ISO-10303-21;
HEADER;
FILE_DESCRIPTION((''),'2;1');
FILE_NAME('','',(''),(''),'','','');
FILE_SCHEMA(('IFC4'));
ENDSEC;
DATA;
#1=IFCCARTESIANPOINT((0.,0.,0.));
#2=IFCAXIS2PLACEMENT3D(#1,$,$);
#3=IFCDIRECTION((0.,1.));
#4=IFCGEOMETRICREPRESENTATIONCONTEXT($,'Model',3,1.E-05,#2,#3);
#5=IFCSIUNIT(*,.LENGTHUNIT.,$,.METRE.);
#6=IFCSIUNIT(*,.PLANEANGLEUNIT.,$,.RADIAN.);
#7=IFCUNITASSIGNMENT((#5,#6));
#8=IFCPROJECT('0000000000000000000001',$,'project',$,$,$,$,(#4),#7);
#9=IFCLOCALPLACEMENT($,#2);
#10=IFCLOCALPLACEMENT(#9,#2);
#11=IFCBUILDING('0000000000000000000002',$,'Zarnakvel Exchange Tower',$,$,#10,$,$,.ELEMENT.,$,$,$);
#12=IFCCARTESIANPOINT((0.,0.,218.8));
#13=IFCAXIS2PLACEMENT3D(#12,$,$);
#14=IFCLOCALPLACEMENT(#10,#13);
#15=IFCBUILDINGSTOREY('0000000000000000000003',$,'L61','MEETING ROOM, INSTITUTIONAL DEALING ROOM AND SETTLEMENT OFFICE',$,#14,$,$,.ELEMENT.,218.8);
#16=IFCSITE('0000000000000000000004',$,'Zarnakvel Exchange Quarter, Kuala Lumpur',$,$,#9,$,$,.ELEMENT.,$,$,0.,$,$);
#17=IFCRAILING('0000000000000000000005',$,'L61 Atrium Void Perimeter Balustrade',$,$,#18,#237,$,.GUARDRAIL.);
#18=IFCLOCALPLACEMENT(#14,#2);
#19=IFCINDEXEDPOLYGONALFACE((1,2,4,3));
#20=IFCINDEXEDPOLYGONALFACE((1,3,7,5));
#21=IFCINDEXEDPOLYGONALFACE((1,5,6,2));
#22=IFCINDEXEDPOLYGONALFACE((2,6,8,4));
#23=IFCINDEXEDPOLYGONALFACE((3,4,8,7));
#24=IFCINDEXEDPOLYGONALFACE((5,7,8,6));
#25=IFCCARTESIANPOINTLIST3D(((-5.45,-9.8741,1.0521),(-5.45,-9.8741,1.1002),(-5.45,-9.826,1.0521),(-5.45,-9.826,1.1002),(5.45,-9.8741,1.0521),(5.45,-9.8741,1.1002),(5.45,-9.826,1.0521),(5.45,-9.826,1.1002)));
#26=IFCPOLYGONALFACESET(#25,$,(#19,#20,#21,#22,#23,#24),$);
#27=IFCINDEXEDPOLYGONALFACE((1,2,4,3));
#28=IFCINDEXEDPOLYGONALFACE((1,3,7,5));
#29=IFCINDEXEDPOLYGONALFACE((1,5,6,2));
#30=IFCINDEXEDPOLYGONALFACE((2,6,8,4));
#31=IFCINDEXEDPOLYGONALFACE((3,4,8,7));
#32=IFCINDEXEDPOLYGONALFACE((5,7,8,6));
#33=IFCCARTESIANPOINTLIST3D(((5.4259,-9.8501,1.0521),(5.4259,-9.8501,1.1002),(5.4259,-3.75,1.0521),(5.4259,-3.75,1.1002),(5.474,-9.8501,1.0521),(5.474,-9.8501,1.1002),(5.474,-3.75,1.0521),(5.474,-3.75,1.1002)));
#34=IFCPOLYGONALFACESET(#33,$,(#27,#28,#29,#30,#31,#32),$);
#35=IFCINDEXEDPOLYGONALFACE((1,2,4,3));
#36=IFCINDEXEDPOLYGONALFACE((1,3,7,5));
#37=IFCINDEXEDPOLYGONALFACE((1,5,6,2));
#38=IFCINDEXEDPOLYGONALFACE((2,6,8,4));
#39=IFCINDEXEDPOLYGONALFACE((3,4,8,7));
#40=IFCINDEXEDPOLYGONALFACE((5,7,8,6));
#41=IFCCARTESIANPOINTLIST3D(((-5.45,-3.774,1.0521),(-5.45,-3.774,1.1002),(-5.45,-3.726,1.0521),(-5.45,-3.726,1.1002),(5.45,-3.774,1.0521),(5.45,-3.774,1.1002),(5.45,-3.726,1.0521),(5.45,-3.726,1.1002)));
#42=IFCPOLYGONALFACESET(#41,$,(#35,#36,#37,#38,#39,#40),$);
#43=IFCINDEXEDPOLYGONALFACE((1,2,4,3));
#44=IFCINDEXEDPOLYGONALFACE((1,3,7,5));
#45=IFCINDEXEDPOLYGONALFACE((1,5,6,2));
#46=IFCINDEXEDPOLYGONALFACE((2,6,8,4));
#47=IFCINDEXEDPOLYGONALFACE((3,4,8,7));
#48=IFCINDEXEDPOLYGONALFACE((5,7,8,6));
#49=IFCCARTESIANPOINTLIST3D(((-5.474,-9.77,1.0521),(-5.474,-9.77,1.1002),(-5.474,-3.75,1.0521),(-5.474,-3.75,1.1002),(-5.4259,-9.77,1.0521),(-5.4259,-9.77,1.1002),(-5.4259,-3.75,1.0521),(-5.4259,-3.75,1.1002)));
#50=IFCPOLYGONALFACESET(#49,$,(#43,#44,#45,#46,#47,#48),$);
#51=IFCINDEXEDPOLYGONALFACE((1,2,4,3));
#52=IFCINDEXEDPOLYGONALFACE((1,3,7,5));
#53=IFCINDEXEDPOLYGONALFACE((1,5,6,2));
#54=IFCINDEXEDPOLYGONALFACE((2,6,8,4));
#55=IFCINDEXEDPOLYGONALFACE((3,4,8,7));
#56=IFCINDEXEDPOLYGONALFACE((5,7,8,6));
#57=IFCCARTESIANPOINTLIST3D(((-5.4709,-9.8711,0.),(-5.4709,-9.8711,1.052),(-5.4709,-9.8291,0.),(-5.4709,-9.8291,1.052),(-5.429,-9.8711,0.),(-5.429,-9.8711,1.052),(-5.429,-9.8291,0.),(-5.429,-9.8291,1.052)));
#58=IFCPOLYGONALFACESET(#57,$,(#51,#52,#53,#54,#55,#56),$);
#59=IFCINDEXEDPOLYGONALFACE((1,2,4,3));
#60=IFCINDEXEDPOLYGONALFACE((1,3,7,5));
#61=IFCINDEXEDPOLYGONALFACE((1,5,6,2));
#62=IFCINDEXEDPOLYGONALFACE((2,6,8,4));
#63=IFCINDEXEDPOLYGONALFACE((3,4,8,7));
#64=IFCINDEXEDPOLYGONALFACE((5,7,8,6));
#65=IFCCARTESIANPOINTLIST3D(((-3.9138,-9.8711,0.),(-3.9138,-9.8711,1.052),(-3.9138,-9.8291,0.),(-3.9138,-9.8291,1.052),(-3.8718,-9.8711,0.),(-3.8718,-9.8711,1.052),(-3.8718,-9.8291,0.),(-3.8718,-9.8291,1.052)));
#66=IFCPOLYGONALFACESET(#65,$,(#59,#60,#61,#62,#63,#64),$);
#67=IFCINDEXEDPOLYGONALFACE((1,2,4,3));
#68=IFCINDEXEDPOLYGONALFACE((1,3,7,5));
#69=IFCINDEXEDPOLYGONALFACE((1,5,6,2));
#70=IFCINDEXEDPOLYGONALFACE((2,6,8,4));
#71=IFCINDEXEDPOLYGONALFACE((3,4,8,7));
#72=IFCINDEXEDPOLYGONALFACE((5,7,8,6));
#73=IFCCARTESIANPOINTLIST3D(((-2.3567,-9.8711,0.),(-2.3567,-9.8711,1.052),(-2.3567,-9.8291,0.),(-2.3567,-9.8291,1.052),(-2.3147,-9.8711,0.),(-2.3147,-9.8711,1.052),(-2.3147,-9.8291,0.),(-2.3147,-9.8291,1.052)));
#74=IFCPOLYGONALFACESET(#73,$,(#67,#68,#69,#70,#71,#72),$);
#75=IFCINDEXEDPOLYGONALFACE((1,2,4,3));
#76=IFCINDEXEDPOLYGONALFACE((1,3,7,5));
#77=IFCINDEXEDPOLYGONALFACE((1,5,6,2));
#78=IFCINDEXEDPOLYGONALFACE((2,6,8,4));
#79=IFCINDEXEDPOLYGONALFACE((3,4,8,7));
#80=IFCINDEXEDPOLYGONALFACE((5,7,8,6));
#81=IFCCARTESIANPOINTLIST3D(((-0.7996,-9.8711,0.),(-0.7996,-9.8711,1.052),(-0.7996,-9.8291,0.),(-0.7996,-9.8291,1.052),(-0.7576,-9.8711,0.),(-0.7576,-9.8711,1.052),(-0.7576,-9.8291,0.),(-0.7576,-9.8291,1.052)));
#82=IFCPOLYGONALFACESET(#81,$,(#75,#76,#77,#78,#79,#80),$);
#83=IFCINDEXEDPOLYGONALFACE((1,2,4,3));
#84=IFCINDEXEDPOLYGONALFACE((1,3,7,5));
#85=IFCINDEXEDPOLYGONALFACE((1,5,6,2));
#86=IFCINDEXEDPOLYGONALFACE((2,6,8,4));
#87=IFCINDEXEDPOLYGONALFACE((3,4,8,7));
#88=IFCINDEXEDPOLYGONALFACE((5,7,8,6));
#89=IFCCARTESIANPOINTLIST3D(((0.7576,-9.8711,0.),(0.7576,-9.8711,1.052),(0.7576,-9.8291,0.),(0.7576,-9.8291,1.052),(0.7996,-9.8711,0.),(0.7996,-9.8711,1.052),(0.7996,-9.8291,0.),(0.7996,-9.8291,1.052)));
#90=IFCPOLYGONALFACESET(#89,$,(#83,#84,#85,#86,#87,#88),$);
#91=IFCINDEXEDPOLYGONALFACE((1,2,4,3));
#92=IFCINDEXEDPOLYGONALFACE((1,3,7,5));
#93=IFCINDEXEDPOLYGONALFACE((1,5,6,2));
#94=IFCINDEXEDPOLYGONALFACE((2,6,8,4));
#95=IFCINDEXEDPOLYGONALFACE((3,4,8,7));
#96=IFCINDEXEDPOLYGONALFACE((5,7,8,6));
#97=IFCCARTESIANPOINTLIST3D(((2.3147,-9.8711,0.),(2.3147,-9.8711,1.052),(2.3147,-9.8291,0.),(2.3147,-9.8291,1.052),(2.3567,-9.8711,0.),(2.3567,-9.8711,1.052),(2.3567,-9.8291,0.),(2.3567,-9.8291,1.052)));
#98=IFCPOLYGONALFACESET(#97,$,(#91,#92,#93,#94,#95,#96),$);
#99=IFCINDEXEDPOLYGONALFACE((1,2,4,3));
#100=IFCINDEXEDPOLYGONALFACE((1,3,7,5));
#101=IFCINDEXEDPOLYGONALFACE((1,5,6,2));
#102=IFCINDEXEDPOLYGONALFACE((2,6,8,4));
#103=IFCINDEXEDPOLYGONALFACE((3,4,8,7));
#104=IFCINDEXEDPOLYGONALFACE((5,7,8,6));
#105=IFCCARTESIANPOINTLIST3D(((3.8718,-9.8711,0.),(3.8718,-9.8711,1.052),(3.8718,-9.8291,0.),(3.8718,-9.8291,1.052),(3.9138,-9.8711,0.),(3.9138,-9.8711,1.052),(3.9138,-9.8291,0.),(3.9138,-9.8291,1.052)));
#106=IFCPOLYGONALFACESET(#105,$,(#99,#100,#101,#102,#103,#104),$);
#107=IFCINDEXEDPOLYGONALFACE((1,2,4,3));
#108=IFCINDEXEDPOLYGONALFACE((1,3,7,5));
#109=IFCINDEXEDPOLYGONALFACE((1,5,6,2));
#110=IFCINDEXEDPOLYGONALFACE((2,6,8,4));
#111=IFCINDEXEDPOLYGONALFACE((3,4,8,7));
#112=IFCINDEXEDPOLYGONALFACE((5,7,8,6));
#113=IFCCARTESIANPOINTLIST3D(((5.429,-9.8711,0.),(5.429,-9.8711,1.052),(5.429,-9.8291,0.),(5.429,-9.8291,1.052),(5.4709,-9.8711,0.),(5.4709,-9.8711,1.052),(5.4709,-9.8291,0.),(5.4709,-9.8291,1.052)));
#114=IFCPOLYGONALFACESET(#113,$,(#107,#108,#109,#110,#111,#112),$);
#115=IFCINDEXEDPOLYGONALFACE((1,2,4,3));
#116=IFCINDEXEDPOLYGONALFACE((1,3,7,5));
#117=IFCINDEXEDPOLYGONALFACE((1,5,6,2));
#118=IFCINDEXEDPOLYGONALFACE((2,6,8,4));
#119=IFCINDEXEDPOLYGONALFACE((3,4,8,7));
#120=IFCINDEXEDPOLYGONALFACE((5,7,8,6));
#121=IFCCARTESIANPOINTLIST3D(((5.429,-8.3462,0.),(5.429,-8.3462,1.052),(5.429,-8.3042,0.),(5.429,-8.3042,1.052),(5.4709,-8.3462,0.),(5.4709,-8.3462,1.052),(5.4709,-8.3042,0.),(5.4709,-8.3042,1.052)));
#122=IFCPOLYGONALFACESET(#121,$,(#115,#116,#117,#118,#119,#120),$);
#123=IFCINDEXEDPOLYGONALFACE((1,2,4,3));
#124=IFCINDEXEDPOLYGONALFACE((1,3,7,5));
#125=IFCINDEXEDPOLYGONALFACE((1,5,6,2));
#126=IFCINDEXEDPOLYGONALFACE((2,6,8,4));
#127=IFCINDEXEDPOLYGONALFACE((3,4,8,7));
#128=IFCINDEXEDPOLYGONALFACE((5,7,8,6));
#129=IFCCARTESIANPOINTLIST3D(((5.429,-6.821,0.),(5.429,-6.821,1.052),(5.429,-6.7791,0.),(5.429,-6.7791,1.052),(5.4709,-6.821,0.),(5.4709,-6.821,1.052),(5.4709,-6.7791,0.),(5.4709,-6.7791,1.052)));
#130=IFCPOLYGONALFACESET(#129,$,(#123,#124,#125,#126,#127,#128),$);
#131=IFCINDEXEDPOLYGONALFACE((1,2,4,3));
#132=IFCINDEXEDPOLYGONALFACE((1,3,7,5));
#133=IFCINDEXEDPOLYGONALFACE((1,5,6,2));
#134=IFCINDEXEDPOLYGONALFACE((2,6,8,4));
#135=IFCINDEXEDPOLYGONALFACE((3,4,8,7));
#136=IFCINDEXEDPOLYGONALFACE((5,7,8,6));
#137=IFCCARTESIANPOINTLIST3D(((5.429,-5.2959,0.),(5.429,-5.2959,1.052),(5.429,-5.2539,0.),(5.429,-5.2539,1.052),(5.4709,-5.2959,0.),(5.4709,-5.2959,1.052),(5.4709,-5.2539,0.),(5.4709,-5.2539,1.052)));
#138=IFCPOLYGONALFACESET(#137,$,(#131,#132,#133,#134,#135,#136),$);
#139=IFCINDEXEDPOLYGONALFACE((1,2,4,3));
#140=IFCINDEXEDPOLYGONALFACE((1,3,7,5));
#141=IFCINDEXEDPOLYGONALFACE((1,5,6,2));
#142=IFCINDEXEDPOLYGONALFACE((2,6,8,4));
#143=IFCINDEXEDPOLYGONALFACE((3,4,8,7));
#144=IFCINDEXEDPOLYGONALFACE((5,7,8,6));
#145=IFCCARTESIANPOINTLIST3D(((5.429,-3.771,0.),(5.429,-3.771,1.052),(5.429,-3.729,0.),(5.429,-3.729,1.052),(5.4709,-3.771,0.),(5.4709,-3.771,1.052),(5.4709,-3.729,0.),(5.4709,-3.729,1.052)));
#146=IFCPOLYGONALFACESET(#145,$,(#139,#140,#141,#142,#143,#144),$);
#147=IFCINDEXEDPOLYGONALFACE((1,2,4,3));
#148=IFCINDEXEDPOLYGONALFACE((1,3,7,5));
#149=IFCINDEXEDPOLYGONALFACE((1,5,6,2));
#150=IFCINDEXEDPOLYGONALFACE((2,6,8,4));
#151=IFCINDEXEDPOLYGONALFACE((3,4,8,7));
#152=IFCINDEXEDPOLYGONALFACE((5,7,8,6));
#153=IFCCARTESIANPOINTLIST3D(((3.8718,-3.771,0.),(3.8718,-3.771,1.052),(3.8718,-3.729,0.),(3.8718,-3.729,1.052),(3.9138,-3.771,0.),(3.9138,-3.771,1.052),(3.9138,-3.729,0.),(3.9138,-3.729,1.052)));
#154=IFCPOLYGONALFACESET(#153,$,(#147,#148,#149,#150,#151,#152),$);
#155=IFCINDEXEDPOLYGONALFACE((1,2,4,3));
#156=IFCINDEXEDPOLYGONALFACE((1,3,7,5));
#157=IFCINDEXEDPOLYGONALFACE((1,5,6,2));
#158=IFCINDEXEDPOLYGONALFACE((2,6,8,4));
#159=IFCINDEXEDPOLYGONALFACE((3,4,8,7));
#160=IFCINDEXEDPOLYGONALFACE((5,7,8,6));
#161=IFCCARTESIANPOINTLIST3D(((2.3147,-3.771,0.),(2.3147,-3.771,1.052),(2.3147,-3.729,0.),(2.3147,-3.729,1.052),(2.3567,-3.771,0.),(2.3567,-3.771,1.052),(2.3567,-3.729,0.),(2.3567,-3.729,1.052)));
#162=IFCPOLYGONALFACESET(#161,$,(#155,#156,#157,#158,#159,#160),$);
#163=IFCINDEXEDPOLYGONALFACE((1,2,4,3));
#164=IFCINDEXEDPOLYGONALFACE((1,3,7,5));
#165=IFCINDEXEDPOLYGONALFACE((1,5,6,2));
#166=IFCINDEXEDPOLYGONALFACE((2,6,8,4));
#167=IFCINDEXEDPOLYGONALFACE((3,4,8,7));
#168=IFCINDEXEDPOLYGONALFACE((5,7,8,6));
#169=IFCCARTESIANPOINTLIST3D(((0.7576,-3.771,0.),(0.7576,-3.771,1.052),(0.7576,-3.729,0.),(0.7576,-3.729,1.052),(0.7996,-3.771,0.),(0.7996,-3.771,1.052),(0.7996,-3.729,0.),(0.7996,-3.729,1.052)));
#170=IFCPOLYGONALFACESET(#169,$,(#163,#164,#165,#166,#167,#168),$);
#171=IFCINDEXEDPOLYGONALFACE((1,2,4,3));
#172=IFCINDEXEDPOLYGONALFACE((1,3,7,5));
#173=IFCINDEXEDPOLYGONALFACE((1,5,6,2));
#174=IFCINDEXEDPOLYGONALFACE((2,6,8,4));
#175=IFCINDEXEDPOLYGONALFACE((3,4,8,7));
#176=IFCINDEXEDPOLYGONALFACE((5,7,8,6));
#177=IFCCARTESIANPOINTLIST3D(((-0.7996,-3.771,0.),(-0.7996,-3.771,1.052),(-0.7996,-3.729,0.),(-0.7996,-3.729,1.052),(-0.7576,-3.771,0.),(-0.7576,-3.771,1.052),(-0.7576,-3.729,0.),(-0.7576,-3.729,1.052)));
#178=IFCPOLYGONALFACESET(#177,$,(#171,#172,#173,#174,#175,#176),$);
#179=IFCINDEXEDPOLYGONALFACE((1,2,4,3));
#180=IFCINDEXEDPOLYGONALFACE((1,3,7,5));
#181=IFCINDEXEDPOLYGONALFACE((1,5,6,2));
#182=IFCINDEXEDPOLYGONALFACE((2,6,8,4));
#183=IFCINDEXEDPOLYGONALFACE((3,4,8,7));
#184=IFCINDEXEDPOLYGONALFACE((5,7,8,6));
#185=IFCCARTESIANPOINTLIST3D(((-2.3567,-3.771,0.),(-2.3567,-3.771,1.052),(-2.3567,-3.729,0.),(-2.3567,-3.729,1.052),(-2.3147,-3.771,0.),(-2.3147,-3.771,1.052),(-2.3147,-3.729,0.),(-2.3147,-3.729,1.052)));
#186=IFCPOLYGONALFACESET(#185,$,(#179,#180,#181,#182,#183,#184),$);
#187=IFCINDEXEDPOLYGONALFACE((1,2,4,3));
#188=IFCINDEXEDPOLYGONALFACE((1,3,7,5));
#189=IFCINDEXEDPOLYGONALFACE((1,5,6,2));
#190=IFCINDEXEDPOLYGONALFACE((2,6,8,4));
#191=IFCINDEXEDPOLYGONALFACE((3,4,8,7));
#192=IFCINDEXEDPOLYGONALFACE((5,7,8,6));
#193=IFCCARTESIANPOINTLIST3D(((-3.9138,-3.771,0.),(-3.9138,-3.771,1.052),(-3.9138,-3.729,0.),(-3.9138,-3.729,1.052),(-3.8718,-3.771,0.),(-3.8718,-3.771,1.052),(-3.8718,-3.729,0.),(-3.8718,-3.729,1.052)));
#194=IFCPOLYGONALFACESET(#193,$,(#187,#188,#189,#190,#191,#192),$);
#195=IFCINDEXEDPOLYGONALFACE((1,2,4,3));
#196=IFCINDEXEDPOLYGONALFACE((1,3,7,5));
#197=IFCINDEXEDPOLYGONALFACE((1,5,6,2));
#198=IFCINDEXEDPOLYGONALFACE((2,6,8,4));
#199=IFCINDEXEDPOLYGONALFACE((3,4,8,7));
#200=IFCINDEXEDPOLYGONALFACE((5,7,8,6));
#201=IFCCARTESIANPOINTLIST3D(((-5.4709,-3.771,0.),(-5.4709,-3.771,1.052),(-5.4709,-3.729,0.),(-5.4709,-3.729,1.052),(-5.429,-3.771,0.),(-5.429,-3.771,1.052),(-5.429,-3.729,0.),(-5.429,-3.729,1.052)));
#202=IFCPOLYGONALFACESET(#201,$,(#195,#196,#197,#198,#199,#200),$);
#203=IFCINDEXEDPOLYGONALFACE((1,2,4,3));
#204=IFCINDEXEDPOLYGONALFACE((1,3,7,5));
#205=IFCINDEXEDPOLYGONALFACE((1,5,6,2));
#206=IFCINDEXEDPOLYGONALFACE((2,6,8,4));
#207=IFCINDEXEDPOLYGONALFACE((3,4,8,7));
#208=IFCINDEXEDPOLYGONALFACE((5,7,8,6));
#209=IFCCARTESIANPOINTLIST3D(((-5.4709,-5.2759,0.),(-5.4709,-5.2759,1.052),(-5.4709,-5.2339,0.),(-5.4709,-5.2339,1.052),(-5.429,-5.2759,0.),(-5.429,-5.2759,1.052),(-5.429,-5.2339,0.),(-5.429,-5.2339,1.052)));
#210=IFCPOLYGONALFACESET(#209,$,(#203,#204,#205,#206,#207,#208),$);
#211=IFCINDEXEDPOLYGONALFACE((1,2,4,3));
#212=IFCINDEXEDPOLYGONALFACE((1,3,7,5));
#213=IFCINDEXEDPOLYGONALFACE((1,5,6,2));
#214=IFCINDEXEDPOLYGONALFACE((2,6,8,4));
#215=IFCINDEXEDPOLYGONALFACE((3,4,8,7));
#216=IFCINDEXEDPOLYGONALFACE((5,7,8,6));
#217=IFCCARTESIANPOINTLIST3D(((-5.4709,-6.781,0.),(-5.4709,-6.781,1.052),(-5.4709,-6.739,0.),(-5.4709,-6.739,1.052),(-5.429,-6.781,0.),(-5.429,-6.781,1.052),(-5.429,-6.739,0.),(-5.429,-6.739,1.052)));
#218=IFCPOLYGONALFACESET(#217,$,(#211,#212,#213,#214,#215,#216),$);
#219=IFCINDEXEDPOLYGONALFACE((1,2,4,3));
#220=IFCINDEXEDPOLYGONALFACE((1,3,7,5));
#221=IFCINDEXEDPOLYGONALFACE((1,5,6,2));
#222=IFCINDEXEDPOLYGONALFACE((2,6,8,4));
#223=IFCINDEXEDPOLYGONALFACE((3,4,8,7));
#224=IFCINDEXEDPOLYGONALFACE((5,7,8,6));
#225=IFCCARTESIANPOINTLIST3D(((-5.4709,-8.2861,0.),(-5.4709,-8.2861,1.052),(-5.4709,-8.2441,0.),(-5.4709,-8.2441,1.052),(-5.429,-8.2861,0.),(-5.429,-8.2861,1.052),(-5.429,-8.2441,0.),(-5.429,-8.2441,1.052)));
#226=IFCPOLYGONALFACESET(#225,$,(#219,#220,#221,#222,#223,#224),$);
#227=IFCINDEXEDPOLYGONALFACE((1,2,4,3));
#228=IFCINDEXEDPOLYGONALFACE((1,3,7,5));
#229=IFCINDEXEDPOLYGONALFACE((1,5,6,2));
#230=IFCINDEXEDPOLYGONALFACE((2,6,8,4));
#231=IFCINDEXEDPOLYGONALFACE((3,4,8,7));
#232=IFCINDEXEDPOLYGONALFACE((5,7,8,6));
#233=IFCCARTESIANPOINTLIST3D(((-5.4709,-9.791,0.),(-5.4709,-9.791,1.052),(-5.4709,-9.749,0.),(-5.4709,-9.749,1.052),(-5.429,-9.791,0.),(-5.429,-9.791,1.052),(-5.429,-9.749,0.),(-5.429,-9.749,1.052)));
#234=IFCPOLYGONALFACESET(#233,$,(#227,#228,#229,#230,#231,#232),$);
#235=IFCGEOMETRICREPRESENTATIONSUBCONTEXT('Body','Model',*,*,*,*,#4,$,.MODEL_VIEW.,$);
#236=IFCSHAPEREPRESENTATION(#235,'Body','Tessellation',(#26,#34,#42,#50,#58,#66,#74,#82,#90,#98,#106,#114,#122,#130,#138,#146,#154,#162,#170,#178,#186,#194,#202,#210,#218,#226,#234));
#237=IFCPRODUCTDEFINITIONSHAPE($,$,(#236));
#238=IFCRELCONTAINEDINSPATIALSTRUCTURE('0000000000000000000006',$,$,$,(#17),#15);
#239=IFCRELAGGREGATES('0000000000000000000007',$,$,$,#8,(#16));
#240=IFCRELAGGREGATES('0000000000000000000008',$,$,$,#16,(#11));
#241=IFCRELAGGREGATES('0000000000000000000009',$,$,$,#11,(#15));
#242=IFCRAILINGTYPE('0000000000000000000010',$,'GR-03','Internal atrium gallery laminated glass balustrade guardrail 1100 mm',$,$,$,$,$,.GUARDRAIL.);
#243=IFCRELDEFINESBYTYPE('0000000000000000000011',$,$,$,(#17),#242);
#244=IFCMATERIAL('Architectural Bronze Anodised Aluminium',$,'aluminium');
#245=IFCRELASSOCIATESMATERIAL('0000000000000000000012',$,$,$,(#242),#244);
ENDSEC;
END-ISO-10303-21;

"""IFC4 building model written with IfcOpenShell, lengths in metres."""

from ifc_helpers import new_model, si_unit, direction, frame, origin, origin_2d, place, context, subcontext, project, spatial, rectangle, extrude, material, type_object, element, save


model = new_model("IFC4")

# Units and contexts
model_context = context("Model", 3, precision=1e-05, world=origin(), true_north=direction((0.0, 1.0)))
body_context = subcontext(model_context, "Body", "Model", "MODEL_VIEW")
ifc_project = project(units=[si_unit("LENGTHUNIT", "METRE"), si_unit("PLANEANGLEUNIT", "RADIAN")], contexts=[model_context])

# Site, building, storey
site_placement = place(None, origin())
site = spatial("IfcSite", under=ifc_project, at=site_placement, Name="Zarnakvel Exchange Quarter, Kuala Lumpur", CompositionType="ELEMENT", RefElevation=0.0)
building_placement = place(site_placement, origin())
building = spatial("IfcBuilding", under=site, at=building_placement, Name="Zarnakvel Exchange Tower", CompositionType="ELEMENT")
storey_placement = place(building_placement, frame((0.0, 0.0, 218.8)))
storey = spatial("IfcBuildingStorey", under=building, at=storey_placement, Name="L61", Description="MEETING ROOM, INSTITUTIONAL DEALING ROOM AND SETTLEMENT OFFICE", CompositionType="ELEMENT", Elevation=218.8)

# Shared definitions
ifc_material_1 = material(Name="Architectural Bronze Anodised Aluminium", Category="aluminium")

# Railing
railing_type_1 = type_object("IfcRailingType", Name="GR-03", Description="Internal atrium gallery laminated glass balustrade guardrail 1100 mm", PredefinedType="GUARDRAIL", material=ifc_material_1)
railing_1_placement = place(storey_placement, frame((-5.45, -9.8501, 0.0)))
element("IfcRailing", 1, at=railing_1_placement, inside=storey, type_object=railing_type_1, Name="L61 Atrium Void Perimeter Balustrade", PredefinedType="GUARDRAIL", context=body_context, shape_type="SweptSolid", body=[
    extrude(rectangle(XDim=0.0481, YDim=0.0481, at=origin_2d()), frame((0.0, 0.0, 1.0762), z_axis=(1.0, 0.0, 0.0), x_axis=(0.0, 1.0, 0.0)), (0.0, 0.0, 1.0), 10.8999),
    extrude(rectangle(XDim=0.0481, YDim=0.0481, at=origin_2d()), frame((10.8999, 0.0, 1.0762), z_axis=(0.0, 1.0, 0.0), x_axis=(-1.0, 0.0, 0.0)), (0.0, 0.0, 1.0), 6.1001),
    extrude(rectangle(XDim=0.0481, YDim=0.0481, at=origin_2d()), frame((10.8999, 6.1001, 1.0762), z_axis=(-1.0, 0.0, 0.0), x_axis=(0.0, -1.0, 0.0)), (0.0, 0.0, 1.0), 10.8999),
    extrude(rectangle(XDim=0.0481, YDim=0.0481, at=origin_2d()), frame((0.0, 6.1001, 1.0762), z_axis=(0.0, -1.0, 0.0), x_axis=(1.0, 0.0, 0.0)), (0.0, 0.0, 1.0), 6.02),
    extrude(rectangle(XDim=0.042, YDim=0.042, at=origin_2d()), origin(), (0.0, 0.0, 1.0), 1.052),
    extrude(rectangle(XDim=0.042, YDim=0.042, at=origin_2d()), frame((1.5571, 0.0, 0.0)), (0.0, 0.0, 1.0), 1.052),
    extrude(rectangle(XDim=0.042, YDim=0.042, at=origin_2d()), frame((3.1143, 0.0, 0.0)), (0.0, 0.0, 1.0), 1.052),
    extrude(rectangle(XDim=0.042, YDim=0.042, at=origin_2d()), frame((4.6714, 0.0, 0.0)), (0.0, 0.0, 1.0), 1.052),
    extrude(rectangle(XDim=0.042, YDim=0.042, at=origin_2d()), frame((6.2285, 0.0, 0.0)), (0.0, 0.0, 1.0), 1.052),
    extrude(rectangle(XDim=0.042, YDim=0.042, at=origin_2d()), frame((7.7856, 0.0, 0.0)), (0.0, 0.0, 1.0), 1.052),
    extrude(rectangle(XDim=0.042, YDim=0.042, at=origin_2d()), frame((9.3428, 0.0, 0.0)), (0.0, 0.0, 1.0), 1.052),
    extrude(rectangle(XDim=0.042, YDim=0.042, at=origin_2d()), frame((10.8999, 0.0, 0.0)), (0.0, 0.0, 1.0), 1.052),
    extrude(rectangle(XDim=0.042, YDim=0.042, at=origin_2d()), frame((10.8999, 1.5249, 0.0)), (0.0, 0.0, 1.0), 1.052),
    extrude(rectangle(XDim=0.042, YDim=0.042, at=origin_2d()), frame((10.8999, 3.05, 0.0)), (0.0, 0.0, 1.0), 1.052),
    extrude(rectangle(XDim=0.042, YDim=0.042, at=origin_2d()), frame((10.8999, 4.5752, 0.0)), (0.0, 0.0, 1.0), 1.052),
    extrude(rectangle(XDim=0.042, YDim=0.042, at=origin_2d()), frame((10.8999, 6.1001, 0.0)), (0.0, 0.0, 1.0), 1.052),
    extrude(rectangle(XDim=0.042, YDim=0.042, at=origin_2d()), frame((9.3428, 6.1001, 0.0)), (0.0, 0.0, 1.0), 1.052),
    extrude(rectangle(XDim=0.042, YDim=0.042, at=origin_2d()), frame((7.7856, 6.1001, 0.0)), (0.0, 0.0, 1.0), 1.052),
    extrude(rectangle(XDim=0.042, YDim=0.042, at=origin_2d()), frame((6.2285, 6.1001, 0.0)), (0.0, 0.0, 1.0), 1.052),
    extrude(rectangle(XDim=0.042, YDim=0.042, at=origin_2d()), frame((4.6714, 6.1001, 0.0)), (0.0, 0.0, 1.0), 1.052),
    extrude(rectangle(XDim=0.042, YDim=0.042, at=origin_2d()), frame((3.1143, 6.1001, 0.0)), (0.0, 0.0, 1.0), 1.052),
    extrude(rectangle(XDim=0.042, YDim=0.042, at=origin_2d()), frame((1.5571, 6.1001, 0.0)), (0.0, 0.0, 1.0), 1.052),
    extrude(rectangle(XDim=0.042, YDim=0.042, at=origin_2d()), frame((0.0, 6.1001, 0.0)), (0.0, 0.0, 1.0), 1.052),
    extrude(rectangle(XDim=0.042, YDim=0.042, at=origin_2d()), frame((0.0, 4.5952, 0.0)), (0.0, 0.0, 1.0), 1.052),
    extrude(rectangle(XDim=0.042, YDim=0.042, at=origin_2d()), frame((0.0, 3.0901, 0.0)), (0.0, 0.0, 1.0), 1.052),
    extrude(rectangle(XDim=0.042, YDim=0.042, at=origin_2d()), frame((0.0, 1.585, 0.0)), (0.0, 0.0, 1.0), 1.052),
    extrude(rectangle(XDim=0.042, YDim=0.042, at=origin_2d()), frame((0.0, 0.0801, 0.0)), (0.0, 0.0, 1.0), 1.052),
])

save(model, "model.ifc")
